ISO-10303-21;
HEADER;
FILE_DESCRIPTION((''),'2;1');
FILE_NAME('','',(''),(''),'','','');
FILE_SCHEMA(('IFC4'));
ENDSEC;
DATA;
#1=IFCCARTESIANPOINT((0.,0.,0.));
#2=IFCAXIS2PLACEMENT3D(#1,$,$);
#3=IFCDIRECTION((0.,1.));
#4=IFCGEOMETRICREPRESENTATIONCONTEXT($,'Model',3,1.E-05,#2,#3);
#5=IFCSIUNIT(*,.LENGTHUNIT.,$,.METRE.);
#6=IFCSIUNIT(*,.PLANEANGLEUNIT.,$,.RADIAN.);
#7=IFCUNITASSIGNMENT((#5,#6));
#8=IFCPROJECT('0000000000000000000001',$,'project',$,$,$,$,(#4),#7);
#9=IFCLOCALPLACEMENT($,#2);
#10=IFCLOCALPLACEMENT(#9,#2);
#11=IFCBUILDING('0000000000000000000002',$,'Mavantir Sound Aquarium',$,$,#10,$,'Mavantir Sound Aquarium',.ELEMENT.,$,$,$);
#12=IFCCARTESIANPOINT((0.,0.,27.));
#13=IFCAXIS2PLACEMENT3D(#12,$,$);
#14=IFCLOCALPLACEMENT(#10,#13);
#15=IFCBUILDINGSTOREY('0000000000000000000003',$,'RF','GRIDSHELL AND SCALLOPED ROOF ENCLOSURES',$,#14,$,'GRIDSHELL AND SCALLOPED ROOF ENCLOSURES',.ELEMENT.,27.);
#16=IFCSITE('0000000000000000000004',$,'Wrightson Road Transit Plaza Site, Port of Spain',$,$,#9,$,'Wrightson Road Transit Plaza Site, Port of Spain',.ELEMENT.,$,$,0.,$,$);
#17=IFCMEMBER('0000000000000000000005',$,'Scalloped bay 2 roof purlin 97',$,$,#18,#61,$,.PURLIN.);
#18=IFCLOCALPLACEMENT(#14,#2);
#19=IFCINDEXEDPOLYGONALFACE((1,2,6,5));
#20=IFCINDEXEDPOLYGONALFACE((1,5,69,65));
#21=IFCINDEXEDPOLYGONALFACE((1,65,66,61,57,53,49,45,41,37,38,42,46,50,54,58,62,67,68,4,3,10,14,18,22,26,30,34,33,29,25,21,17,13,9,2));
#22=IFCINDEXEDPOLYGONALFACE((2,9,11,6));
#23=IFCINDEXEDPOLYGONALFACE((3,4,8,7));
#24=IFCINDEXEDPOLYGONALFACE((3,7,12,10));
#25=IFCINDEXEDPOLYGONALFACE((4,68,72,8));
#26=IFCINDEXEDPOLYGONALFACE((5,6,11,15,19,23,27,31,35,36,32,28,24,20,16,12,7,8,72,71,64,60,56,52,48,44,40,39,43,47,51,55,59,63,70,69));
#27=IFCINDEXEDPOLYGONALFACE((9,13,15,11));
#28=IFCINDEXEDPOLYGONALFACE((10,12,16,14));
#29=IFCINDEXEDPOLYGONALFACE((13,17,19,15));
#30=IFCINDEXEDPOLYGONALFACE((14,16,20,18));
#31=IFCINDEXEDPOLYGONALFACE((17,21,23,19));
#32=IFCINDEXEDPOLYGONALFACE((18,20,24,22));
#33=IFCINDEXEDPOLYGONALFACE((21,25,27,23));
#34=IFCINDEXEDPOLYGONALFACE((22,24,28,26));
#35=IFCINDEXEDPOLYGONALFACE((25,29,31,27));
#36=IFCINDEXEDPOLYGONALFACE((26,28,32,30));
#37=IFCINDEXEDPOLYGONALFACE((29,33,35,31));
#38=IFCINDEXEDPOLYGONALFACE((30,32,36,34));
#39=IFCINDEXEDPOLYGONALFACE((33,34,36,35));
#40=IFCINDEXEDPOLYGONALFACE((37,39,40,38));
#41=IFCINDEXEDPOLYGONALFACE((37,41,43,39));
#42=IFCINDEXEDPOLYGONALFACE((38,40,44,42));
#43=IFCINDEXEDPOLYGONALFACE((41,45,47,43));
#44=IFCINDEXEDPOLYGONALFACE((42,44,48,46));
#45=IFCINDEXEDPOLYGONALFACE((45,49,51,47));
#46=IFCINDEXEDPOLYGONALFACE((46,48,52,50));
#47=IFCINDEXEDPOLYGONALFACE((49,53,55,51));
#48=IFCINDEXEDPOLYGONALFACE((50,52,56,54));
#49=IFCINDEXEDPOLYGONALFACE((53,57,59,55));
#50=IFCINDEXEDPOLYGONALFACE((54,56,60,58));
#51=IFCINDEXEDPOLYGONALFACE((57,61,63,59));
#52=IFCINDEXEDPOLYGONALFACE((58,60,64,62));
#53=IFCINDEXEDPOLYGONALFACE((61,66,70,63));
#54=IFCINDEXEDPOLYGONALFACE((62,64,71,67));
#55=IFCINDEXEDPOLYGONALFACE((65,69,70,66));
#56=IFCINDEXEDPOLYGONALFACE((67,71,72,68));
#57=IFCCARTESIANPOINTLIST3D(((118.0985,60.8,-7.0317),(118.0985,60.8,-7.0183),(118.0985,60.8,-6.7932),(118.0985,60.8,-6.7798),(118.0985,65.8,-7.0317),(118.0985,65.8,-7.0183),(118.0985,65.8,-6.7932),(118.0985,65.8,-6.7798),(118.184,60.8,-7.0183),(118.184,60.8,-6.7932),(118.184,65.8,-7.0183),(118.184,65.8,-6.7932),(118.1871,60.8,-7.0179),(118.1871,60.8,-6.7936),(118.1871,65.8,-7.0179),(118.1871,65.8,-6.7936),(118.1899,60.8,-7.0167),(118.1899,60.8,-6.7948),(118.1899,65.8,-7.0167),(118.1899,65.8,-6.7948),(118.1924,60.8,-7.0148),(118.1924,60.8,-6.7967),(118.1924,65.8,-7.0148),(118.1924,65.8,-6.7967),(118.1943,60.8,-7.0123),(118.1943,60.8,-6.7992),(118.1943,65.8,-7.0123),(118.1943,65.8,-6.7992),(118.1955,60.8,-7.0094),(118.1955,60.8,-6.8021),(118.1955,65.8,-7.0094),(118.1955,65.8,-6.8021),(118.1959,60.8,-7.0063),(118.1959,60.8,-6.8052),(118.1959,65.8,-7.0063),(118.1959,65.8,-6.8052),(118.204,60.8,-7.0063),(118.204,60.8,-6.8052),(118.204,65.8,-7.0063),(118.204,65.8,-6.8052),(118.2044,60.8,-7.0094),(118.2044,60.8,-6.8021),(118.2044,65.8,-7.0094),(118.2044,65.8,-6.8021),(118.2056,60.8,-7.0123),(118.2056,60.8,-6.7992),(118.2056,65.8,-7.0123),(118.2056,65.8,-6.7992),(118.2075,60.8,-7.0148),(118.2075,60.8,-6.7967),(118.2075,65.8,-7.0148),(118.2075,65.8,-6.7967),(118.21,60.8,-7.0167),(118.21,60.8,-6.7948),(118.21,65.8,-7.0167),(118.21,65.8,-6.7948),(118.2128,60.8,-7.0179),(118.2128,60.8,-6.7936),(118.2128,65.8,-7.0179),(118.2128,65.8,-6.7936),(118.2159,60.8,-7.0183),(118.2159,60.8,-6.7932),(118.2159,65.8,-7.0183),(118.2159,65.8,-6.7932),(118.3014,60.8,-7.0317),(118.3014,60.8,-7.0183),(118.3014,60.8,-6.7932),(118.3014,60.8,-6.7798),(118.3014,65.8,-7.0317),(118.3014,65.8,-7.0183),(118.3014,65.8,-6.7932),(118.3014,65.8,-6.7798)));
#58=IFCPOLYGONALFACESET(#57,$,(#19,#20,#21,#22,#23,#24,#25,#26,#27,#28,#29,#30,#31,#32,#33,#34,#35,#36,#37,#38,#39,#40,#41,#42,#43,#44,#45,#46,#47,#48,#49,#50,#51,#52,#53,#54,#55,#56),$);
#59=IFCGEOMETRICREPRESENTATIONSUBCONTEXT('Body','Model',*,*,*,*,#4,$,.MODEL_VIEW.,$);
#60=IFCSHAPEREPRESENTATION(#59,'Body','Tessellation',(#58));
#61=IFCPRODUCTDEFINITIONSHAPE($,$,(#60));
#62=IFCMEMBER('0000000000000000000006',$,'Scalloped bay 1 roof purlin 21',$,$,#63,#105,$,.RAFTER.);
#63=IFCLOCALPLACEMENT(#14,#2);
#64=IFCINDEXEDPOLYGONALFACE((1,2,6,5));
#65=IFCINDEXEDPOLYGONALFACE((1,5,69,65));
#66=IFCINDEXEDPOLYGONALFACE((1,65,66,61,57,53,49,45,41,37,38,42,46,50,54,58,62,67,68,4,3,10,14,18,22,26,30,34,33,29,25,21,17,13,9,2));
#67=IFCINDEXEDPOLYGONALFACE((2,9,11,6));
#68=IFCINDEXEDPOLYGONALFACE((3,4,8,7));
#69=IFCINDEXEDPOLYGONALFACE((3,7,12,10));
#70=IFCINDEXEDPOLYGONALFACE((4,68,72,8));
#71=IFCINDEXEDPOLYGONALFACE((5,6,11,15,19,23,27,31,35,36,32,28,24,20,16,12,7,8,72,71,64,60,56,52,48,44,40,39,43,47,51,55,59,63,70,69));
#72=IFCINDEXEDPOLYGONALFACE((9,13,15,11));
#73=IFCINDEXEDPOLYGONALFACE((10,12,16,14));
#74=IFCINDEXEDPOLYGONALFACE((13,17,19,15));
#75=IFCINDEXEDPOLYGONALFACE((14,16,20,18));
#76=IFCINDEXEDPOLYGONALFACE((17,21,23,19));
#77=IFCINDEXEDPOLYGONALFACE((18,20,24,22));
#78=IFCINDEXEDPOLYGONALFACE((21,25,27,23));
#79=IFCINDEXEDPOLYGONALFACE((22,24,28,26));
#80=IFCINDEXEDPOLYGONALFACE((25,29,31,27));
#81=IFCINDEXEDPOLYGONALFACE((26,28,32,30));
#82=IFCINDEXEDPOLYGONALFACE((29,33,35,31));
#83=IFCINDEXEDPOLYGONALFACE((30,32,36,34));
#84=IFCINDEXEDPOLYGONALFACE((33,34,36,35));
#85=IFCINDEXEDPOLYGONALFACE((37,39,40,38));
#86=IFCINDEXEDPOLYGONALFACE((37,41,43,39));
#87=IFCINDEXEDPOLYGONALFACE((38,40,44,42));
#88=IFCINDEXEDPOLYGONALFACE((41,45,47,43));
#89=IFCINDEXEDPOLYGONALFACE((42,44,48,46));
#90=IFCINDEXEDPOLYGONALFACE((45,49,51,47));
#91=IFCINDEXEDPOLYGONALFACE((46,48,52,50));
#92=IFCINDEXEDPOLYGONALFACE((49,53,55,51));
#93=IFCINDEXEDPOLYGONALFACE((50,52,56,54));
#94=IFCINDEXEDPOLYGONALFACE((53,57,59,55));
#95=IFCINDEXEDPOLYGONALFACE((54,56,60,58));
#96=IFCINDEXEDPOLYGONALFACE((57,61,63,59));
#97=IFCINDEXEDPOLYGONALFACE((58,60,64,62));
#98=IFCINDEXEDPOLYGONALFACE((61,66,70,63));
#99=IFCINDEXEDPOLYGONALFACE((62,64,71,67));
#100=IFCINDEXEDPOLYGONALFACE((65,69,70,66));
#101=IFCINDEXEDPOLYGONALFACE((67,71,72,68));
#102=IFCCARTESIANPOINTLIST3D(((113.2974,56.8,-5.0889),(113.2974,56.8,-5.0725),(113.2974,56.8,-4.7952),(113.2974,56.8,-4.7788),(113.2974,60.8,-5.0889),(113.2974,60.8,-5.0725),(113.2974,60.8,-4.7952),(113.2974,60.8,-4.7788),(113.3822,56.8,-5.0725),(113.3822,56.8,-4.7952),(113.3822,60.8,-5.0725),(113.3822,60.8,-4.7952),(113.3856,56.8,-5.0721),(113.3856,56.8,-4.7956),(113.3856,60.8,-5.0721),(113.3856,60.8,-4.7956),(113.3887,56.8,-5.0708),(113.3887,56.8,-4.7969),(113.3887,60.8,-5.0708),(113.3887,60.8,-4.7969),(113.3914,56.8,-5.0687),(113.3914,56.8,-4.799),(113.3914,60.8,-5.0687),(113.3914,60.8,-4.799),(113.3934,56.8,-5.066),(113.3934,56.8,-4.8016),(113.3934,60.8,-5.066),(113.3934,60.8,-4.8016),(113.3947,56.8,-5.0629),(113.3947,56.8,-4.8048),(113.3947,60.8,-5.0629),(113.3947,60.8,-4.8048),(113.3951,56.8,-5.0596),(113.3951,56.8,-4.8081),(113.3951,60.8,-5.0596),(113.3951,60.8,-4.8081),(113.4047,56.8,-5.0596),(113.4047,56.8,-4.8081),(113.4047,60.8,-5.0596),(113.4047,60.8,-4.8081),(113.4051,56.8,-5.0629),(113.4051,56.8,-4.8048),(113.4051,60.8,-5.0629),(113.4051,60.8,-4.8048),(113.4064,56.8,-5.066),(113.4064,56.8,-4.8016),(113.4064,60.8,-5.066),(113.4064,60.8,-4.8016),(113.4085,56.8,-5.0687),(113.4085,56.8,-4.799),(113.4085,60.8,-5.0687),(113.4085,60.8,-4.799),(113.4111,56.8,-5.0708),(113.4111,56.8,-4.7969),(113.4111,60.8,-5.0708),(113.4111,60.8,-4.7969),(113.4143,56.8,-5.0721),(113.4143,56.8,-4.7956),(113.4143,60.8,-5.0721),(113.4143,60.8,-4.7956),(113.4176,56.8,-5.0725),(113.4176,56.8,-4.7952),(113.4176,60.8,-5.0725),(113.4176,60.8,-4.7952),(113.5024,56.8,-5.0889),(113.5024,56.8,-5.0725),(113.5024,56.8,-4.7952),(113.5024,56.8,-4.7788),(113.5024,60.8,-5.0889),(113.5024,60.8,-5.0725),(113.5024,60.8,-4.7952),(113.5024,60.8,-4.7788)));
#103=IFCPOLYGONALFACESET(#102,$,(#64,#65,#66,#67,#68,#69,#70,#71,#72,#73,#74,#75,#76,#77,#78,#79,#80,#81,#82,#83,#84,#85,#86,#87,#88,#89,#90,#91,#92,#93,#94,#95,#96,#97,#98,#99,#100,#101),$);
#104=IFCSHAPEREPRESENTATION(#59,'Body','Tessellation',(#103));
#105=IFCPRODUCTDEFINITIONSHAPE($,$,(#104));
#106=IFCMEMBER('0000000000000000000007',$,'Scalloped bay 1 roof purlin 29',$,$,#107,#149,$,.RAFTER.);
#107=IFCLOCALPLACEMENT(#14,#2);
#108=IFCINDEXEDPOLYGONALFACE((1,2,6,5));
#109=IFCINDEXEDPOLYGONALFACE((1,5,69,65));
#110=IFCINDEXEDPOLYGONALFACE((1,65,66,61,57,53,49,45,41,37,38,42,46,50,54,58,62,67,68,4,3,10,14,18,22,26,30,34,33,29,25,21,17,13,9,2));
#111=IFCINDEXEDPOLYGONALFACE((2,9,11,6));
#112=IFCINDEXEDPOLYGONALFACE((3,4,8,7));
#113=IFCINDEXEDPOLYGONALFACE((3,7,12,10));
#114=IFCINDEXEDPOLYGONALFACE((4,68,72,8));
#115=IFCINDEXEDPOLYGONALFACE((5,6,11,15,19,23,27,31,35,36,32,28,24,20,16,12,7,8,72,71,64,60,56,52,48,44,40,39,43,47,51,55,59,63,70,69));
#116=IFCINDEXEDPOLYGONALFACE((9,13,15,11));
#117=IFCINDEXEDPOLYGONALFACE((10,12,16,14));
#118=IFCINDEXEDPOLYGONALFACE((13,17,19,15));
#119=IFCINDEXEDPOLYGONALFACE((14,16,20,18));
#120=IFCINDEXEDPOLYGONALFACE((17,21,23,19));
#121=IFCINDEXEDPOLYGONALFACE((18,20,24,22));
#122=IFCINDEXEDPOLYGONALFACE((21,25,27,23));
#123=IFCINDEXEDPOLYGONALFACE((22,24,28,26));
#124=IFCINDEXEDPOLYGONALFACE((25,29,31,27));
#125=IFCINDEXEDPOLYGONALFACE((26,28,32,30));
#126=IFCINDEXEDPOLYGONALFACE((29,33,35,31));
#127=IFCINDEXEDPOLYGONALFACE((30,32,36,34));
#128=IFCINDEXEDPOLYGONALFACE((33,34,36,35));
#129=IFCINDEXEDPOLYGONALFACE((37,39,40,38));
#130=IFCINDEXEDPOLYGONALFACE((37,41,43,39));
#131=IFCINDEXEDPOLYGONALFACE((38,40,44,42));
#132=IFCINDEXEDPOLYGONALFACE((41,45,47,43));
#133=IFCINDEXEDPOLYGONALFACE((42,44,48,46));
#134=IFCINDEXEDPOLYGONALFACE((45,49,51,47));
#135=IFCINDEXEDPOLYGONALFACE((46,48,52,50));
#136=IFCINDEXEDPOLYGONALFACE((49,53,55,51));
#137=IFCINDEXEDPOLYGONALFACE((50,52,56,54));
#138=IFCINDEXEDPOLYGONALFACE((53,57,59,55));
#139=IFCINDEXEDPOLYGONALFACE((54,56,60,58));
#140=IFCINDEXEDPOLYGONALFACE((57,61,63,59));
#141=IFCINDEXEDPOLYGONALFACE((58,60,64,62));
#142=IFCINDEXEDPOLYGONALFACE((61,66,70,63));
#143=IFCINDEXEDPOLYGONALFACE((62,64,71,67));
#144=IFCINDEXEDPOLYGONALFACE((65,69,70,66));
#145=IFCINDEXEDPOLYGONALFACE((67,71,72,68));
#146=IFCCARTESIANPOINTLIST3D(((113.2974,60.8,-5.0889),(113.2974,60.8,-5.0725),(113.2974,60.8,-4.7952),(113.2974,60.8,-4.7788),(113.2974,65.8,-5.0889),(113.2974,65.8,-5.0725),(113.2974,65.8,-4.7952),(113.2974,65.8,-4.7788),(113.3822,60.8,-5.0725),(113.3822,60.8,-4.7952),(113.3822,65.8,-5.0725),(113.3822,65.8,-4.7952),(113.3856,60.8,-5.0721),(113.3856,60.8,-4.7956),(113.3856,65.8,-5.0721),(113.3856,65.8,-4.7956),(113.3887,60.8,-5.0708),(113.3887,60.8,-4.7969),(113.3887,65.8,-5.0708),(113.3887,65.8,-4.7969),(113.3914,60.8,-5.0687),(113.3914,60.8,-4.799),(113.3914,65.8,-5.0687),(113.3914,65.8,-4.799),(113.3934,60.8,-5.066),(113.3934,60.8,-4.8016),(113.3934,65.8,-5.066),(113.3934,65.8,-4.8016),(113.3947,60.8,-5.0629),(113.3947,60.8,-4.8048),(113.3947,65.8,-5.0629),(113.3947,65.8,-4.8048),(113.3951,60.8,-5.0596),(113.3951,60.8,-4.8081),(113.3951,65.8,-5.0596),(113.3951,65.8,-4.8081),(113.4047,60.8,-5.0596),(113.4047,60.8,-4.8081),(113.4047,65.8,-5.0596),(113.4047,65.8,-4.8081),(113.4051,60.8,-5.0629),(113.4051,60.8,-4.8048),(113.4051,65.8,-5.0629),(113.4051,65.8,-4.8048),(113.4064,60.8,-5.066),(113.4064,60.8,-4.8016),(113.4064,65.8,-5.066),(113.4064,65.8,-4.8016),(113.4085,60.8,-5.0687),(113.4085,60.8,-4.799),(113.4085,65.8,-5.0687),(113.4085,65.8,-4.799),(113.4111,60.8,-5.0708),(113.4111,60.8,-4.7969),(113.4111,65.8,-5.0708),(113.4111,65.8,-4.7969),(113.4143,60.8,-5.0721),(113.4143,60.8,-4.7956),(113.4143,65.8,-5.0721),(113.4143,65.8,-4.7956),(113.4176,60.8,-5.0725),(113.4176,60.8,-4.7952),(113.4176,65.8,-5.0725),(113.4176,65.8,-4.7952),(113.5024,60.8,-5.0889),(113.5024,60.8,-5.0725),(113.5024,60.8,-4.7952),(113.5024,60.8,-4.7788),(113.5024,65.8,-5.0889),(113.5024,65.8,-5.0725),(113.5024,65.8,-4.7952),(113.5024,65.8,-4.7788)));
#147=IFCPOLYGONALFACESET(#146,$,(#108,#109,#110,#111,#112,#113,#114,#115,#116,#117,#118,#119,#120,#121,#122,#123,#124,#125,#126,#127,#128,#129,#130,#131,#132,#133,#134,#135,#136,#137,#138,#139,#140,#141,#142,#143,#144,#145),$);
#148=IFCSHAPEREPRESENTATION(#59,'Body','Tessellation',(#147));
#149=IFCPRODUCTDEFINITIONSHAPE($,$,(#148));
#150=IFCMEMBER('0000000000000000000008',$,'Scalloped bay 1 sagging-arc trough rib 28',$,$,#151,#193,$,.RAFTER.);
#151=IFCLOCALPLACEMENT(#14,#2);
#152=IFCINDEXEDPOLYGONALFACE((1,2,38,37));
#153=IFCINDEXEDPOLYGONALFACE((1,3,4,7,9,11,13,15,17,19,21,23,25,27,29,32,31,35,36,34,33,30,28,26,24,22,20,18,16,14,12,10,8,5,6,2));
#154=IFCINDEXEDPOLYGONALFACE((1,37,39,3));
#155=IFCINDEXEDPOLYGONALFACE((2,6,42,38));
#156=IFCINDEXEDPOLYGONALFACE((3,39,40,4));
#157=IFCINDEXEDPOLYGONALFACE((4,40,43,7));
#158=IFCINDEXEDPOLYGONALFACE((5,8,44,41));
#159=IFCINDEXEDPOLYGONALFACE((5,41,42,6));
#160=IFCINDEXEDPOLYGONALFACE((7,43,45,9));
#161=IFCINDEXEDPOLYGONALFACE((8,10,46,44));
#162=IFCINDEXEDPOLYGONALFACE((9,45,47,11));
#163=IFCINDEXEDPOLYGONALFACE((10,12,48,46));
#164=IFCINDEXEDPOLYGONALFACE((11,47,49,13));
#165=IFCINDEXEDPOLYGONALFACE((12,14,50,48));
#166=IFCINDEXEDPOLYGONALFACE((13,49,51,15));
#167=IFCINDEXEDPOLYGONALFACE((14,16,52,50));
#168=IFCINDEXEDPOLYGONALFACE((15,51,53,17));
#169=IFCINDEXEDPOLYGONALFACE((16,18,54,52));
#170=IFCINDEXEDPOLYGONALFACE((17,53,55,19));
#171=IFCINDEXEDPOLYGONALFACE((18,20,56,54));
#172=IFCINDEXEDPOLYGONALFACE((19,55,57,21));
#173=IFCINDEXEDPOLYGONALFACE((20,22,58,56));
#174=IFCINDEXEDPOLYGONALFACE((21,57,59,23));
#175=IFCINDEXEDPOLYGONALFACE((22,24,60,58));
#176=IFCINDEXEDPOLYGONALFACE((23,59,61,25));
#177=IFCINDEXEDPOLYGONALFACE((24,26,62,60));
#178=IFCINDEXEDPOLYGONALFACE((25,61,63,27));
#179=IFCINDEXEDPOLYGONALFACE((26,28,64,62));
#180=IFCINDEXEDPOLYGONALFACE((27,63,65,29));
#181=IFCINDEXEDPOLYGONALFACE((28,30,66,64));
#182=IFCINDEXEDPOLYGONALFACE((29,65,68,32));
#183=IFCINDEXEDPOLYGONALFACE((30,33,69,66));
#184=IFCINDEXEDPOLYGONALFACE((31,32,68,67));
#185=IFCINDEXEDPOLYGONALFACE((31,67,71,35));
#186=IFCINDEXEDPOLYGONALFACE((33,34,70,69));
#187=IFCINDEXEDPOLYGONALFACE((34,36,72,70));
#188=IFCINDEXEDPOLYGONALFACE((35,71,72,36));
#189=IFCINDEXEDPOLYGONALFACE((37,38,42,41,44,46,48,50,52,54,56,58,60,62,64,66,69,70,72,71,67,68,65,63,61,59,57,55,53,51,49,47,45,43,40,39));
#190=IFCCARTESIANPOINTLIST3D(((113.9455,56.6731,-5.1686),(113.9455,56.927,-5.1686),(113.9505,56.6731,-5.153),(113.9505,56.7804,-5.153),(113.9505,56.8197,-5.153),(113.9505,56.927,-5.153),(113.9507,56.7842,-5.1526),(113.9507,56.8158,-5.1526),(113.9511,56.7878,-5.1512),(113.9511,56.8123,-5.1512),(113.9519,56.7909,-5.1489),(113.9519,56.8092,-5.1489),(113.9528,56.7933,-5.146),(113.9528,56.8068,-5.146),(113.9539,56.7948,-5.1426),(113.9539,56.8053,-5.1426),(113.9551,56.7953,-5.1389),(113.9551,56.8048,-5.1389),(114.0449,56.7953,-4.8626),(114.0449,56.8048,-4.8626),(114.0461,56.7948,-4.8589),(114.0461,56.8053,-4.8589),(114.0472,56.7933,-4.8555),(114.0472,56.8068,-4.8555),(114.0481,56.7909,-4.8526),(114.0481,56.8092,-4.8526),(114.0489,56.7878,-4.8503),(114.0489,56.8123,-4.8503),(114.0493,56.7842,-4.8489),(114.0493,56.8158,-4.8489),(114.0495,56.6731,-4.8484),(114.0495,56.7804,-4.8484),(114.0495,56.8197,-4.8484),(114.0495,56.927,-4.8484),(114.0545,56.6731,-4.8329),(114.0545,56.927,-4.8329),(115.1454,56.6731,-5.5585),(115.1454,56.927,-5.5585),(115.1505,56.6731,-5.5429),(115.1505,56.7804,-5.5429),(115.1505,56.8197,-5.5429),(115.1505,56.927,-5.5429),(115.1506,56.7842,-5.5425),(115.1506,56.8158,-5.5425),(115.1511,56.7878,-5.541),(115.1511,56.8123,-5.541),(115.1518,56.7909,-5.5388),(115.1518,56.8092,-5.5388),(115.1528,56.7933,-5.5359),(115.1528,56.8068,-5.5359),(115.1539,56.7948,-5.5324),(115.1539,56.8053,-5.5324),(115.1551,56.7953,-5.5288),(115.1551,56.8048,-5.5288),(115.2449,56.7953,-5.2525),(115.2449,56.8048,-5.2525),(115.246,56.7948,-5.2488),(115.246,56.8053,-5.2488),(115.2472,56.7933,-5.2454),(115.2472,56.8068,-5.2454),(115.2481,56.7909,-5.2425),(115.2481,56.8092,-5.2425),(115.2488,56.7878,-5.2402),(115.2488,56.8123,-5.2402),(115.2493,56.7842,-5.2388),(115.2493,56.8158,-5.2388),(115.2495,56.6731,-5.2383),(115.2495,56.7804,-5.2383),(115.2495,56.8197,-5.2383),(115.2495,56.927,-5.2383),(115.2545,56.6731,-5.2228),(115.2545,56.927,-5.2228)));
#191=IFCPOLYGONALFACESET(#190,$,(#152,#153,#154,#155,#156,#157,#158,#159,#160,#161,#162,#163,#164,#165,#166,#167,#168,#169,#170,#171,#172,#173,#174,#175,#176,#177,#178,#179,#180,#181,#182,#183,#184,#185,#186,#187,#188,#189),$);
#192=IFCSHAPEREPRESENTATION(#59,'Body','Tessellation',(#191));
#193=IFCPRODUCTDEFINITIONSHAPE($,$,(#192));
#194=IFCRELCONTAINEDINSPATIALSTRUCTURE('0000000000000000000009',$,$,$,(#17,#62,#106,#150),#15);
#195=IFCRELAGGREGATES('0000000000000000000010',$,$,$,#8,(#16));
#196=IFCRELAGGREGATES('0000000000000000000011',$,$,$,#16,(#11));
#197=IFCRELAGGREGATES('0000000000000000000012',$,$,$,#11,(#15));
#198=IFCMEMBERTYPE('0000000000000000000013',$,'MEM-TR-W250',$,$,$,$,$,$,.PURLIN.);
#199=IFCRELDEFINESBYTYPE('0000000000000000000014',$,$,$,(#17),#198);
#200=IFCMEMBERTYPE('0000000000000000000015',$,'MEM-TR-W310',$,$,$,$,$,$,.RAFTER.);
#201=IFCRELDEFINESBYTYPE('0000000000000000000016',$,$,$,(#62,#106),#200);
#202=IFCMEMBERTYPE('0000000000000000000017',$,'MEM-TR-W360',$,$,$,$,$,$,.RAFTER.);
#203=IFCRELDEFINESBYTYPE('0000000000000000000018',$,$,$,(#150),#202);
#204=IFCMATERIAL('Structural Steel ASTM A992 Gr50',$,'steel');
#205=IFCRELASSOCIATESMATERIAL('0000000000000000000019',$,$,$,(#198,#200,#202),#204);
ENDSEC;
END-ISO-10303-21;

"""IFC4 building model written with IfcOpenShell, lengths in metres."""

from ifc_helpers import new_model, si_unit, direction, frame, origin, origin_2d, place, context, subcontext, project, spatial, i_section, extrude, material, material_profile, profile_set, type_object, element, save


model = new_model("IFC4")

# Units and contexts
model_context = context("Model", 3, precision=1e-05, world=origin(), true_north=direction((0.0, 1.0)))
body_context = subcontext(model_context, "Body", "Model", "MODEL_VIEW")
ifc_project = project(units=[si_unit("LENGTHUNIT", "METRE"), si_unit("PLANEANGLEUNIT", "RADIAN")], contexts=[model_context])

# Site, building, storey
site_placement = place(None, origin())
site = spatial("IfcSite", under=ifc_project, at=site_placement, Name="Wrightson Road Transit Plaza Site, Port of Spain", LongName="Wrightson Road Transit Plaza Site, Port of Spain", CompositionType="ELEMENT", RefElevation=0.0)
building_placement = place(site_placement, origin())
building = spatial("IfcBuilding", under=site, at=building_placement, Name="Mavantir Sound Aquarium", LongName="Mavantir Sound Aquarium", CompositionType="ELEMENT")
storey_placement = place(building_placement, frame((0.0, 0.0, 27.0)))
storey = spatial("IfcBuildingStorey", under=building, at=storey_placement, Name="RF", Description="GRIDSHELL AND SCALLOPED ROOF ENCLOSURES", LongName="GRIDSHELL AND SCALLOPED ROOF ENCLOSURES", CompositionType="ELEMENT", Elevation=27.0)

# Shared definitions
ifc_material_1 = material(Name="Structural Steel ASTM A992 Gr50", Category="steel")

# Members
ifc_material_profile_1 = material_profile(ifc_material_1, i_section(OverallWidth=0.2029, OverallDepth=0.252, WebThickness=0.0081, FlangeThickness=0.0134, FilletRadius=0.012, at=origin_2d()), Name="W250X58")
ifc_profile_set_1 = profile_set([ifc_material_profile_1], Name="Structural Steel ASTM A992 Gr50")
member_type_1 = type_object("IfcMemberType", Name="MEM-TR-W250", PredefinedType="PURLIN", material=ifc_profile_set_1)
member_1_placement = place(storey_placement, frame((118.2, 60.8, -6.9058), z_axis=(0.0, 1.0, 0.0), x_axis=(-1.0, 0.0, 0.0)))
element("IfcMember", 1, at=member_1_placement, inside=storey, type_object=member_type_1, Name="Scalloped bay 2 roof purlin 97", PredefinedType="PURLIN", context=body_context, shape_type="SweptSolid", body=[
    extrude(i_section(OverallWidth=0.2029, OverallDepth=0.252, WebThickness=0.0081, FlangeThickness=0.0134, FilletRadius=0.012, at=origin_2d()), origin(), (0.0, 0.0, 1.0), 5.0),
])
ifc_material_profile_2 = material_profile(ifc_material_1, i_section(OverallWidth=0.2051, OverallDepth=0.3101, WebThickness=0.0095, FlangeThickness=0.0164, FilletRadius=0.0129, at=origin_2d()), Name="W310X74")
ifc_profile_set_2 = profile_set([ifc_material_profile_2], Name="Structural Steel ASTM A992 Gr50")
member_type_2 = type_object("IfcMemberType", Name="MEM-TR-W310", PredefinedType="RAFTER", material=ifc_profile_set_2)
member_2_placement = place(storey_placement, frame((113.3999, 56.8, -4.9338), z_axis=(0.0, 1.0, 0.0), x_axis=(-1.0, 0.0, 0.0)))
element("IfcMember", 2, at=member_2_placement, inside=storey, type_object=member_type_2, Name="Scalloped bay 1 roof purlin 21", PredefinedType="RAFTER", context=body_context, shape_type="SweptSolid", body=[
    extrude(i_section(OverallWidth=0.2051, OverallDepth=0.3101, WebThickness=0.0095, FlangeThickness=0.0164, FilletRadius=0.0129, at=origin_2d()), origin(), (0.0, 0.0, 1.0), 4.0),
])
member_3_placement = place(storey_placement, frame((113.3999, 60.8, -4.9338), z_axis=(0.0, 1.0, 0.0), x_axis=(-1.0, 0.0, 0.0)))
element("IfcMember", 3, at=member_3_placement, inside=storey, type_object=member_type_2, Name="Scalloped bay 1 roof purlin 29", PredefinedType="RAFTER", context=body_context, shape_type="SweptSolid", body=[
    extrude(i_section(OverallWidth=0.2051, OverallDepth=0.3101, WebThickness=0.0095, FlangeThickness=0.0164, FilletRadius=0.0129, at=origin_2d()), origin(), (0.0, 0.0, 1.0), 5.0),
])
ifc_material_profile_3 = material_profile(ifc_material_1, i_section(OverallWidth=0.2539, OverallDepth=0.353, WebThickness=0.0095, FlangeThickness=0.0164, FilletRadius=0.0149, at=origin_2d()), Name="W360X91")
ifc_profile_set_3 = profile_set([ifc_material_profile_3], Name="Structural Steel ASTM A992 Gr50")
member_type_3 = type_object("IfcMemberType", Name="MEM-TR-W360", PredefinedType="RAFTER", material=ifc_profile_set_3)
member_4_placement = place(storey_placement, frame((114.0, 56.8, -5.0007), z_axis=(0.951055, 0.0, -0.30902), x_axis=(0.0, 1.0, 0.0)))
element("IfcMember", 4, at=member_4_placement, inside=storey, type_object=member_type_3, Name="Scalloped bay 1 sagging-arc trough rib 28", PredefinedType="RAFTER", context=body_context, shape_type="SweptSolid", body=[
    extrude(i_section(OverallWidth=0.2539, OverallDepth=0.353, WebThickness=0.0095, FlangeThickness=0.0164, FilletRadius=0.0149, at=origin_2d()), origin(), (0.0, 0.0, 1.0), 1.2617),
])

save(model, "model.ifc")
